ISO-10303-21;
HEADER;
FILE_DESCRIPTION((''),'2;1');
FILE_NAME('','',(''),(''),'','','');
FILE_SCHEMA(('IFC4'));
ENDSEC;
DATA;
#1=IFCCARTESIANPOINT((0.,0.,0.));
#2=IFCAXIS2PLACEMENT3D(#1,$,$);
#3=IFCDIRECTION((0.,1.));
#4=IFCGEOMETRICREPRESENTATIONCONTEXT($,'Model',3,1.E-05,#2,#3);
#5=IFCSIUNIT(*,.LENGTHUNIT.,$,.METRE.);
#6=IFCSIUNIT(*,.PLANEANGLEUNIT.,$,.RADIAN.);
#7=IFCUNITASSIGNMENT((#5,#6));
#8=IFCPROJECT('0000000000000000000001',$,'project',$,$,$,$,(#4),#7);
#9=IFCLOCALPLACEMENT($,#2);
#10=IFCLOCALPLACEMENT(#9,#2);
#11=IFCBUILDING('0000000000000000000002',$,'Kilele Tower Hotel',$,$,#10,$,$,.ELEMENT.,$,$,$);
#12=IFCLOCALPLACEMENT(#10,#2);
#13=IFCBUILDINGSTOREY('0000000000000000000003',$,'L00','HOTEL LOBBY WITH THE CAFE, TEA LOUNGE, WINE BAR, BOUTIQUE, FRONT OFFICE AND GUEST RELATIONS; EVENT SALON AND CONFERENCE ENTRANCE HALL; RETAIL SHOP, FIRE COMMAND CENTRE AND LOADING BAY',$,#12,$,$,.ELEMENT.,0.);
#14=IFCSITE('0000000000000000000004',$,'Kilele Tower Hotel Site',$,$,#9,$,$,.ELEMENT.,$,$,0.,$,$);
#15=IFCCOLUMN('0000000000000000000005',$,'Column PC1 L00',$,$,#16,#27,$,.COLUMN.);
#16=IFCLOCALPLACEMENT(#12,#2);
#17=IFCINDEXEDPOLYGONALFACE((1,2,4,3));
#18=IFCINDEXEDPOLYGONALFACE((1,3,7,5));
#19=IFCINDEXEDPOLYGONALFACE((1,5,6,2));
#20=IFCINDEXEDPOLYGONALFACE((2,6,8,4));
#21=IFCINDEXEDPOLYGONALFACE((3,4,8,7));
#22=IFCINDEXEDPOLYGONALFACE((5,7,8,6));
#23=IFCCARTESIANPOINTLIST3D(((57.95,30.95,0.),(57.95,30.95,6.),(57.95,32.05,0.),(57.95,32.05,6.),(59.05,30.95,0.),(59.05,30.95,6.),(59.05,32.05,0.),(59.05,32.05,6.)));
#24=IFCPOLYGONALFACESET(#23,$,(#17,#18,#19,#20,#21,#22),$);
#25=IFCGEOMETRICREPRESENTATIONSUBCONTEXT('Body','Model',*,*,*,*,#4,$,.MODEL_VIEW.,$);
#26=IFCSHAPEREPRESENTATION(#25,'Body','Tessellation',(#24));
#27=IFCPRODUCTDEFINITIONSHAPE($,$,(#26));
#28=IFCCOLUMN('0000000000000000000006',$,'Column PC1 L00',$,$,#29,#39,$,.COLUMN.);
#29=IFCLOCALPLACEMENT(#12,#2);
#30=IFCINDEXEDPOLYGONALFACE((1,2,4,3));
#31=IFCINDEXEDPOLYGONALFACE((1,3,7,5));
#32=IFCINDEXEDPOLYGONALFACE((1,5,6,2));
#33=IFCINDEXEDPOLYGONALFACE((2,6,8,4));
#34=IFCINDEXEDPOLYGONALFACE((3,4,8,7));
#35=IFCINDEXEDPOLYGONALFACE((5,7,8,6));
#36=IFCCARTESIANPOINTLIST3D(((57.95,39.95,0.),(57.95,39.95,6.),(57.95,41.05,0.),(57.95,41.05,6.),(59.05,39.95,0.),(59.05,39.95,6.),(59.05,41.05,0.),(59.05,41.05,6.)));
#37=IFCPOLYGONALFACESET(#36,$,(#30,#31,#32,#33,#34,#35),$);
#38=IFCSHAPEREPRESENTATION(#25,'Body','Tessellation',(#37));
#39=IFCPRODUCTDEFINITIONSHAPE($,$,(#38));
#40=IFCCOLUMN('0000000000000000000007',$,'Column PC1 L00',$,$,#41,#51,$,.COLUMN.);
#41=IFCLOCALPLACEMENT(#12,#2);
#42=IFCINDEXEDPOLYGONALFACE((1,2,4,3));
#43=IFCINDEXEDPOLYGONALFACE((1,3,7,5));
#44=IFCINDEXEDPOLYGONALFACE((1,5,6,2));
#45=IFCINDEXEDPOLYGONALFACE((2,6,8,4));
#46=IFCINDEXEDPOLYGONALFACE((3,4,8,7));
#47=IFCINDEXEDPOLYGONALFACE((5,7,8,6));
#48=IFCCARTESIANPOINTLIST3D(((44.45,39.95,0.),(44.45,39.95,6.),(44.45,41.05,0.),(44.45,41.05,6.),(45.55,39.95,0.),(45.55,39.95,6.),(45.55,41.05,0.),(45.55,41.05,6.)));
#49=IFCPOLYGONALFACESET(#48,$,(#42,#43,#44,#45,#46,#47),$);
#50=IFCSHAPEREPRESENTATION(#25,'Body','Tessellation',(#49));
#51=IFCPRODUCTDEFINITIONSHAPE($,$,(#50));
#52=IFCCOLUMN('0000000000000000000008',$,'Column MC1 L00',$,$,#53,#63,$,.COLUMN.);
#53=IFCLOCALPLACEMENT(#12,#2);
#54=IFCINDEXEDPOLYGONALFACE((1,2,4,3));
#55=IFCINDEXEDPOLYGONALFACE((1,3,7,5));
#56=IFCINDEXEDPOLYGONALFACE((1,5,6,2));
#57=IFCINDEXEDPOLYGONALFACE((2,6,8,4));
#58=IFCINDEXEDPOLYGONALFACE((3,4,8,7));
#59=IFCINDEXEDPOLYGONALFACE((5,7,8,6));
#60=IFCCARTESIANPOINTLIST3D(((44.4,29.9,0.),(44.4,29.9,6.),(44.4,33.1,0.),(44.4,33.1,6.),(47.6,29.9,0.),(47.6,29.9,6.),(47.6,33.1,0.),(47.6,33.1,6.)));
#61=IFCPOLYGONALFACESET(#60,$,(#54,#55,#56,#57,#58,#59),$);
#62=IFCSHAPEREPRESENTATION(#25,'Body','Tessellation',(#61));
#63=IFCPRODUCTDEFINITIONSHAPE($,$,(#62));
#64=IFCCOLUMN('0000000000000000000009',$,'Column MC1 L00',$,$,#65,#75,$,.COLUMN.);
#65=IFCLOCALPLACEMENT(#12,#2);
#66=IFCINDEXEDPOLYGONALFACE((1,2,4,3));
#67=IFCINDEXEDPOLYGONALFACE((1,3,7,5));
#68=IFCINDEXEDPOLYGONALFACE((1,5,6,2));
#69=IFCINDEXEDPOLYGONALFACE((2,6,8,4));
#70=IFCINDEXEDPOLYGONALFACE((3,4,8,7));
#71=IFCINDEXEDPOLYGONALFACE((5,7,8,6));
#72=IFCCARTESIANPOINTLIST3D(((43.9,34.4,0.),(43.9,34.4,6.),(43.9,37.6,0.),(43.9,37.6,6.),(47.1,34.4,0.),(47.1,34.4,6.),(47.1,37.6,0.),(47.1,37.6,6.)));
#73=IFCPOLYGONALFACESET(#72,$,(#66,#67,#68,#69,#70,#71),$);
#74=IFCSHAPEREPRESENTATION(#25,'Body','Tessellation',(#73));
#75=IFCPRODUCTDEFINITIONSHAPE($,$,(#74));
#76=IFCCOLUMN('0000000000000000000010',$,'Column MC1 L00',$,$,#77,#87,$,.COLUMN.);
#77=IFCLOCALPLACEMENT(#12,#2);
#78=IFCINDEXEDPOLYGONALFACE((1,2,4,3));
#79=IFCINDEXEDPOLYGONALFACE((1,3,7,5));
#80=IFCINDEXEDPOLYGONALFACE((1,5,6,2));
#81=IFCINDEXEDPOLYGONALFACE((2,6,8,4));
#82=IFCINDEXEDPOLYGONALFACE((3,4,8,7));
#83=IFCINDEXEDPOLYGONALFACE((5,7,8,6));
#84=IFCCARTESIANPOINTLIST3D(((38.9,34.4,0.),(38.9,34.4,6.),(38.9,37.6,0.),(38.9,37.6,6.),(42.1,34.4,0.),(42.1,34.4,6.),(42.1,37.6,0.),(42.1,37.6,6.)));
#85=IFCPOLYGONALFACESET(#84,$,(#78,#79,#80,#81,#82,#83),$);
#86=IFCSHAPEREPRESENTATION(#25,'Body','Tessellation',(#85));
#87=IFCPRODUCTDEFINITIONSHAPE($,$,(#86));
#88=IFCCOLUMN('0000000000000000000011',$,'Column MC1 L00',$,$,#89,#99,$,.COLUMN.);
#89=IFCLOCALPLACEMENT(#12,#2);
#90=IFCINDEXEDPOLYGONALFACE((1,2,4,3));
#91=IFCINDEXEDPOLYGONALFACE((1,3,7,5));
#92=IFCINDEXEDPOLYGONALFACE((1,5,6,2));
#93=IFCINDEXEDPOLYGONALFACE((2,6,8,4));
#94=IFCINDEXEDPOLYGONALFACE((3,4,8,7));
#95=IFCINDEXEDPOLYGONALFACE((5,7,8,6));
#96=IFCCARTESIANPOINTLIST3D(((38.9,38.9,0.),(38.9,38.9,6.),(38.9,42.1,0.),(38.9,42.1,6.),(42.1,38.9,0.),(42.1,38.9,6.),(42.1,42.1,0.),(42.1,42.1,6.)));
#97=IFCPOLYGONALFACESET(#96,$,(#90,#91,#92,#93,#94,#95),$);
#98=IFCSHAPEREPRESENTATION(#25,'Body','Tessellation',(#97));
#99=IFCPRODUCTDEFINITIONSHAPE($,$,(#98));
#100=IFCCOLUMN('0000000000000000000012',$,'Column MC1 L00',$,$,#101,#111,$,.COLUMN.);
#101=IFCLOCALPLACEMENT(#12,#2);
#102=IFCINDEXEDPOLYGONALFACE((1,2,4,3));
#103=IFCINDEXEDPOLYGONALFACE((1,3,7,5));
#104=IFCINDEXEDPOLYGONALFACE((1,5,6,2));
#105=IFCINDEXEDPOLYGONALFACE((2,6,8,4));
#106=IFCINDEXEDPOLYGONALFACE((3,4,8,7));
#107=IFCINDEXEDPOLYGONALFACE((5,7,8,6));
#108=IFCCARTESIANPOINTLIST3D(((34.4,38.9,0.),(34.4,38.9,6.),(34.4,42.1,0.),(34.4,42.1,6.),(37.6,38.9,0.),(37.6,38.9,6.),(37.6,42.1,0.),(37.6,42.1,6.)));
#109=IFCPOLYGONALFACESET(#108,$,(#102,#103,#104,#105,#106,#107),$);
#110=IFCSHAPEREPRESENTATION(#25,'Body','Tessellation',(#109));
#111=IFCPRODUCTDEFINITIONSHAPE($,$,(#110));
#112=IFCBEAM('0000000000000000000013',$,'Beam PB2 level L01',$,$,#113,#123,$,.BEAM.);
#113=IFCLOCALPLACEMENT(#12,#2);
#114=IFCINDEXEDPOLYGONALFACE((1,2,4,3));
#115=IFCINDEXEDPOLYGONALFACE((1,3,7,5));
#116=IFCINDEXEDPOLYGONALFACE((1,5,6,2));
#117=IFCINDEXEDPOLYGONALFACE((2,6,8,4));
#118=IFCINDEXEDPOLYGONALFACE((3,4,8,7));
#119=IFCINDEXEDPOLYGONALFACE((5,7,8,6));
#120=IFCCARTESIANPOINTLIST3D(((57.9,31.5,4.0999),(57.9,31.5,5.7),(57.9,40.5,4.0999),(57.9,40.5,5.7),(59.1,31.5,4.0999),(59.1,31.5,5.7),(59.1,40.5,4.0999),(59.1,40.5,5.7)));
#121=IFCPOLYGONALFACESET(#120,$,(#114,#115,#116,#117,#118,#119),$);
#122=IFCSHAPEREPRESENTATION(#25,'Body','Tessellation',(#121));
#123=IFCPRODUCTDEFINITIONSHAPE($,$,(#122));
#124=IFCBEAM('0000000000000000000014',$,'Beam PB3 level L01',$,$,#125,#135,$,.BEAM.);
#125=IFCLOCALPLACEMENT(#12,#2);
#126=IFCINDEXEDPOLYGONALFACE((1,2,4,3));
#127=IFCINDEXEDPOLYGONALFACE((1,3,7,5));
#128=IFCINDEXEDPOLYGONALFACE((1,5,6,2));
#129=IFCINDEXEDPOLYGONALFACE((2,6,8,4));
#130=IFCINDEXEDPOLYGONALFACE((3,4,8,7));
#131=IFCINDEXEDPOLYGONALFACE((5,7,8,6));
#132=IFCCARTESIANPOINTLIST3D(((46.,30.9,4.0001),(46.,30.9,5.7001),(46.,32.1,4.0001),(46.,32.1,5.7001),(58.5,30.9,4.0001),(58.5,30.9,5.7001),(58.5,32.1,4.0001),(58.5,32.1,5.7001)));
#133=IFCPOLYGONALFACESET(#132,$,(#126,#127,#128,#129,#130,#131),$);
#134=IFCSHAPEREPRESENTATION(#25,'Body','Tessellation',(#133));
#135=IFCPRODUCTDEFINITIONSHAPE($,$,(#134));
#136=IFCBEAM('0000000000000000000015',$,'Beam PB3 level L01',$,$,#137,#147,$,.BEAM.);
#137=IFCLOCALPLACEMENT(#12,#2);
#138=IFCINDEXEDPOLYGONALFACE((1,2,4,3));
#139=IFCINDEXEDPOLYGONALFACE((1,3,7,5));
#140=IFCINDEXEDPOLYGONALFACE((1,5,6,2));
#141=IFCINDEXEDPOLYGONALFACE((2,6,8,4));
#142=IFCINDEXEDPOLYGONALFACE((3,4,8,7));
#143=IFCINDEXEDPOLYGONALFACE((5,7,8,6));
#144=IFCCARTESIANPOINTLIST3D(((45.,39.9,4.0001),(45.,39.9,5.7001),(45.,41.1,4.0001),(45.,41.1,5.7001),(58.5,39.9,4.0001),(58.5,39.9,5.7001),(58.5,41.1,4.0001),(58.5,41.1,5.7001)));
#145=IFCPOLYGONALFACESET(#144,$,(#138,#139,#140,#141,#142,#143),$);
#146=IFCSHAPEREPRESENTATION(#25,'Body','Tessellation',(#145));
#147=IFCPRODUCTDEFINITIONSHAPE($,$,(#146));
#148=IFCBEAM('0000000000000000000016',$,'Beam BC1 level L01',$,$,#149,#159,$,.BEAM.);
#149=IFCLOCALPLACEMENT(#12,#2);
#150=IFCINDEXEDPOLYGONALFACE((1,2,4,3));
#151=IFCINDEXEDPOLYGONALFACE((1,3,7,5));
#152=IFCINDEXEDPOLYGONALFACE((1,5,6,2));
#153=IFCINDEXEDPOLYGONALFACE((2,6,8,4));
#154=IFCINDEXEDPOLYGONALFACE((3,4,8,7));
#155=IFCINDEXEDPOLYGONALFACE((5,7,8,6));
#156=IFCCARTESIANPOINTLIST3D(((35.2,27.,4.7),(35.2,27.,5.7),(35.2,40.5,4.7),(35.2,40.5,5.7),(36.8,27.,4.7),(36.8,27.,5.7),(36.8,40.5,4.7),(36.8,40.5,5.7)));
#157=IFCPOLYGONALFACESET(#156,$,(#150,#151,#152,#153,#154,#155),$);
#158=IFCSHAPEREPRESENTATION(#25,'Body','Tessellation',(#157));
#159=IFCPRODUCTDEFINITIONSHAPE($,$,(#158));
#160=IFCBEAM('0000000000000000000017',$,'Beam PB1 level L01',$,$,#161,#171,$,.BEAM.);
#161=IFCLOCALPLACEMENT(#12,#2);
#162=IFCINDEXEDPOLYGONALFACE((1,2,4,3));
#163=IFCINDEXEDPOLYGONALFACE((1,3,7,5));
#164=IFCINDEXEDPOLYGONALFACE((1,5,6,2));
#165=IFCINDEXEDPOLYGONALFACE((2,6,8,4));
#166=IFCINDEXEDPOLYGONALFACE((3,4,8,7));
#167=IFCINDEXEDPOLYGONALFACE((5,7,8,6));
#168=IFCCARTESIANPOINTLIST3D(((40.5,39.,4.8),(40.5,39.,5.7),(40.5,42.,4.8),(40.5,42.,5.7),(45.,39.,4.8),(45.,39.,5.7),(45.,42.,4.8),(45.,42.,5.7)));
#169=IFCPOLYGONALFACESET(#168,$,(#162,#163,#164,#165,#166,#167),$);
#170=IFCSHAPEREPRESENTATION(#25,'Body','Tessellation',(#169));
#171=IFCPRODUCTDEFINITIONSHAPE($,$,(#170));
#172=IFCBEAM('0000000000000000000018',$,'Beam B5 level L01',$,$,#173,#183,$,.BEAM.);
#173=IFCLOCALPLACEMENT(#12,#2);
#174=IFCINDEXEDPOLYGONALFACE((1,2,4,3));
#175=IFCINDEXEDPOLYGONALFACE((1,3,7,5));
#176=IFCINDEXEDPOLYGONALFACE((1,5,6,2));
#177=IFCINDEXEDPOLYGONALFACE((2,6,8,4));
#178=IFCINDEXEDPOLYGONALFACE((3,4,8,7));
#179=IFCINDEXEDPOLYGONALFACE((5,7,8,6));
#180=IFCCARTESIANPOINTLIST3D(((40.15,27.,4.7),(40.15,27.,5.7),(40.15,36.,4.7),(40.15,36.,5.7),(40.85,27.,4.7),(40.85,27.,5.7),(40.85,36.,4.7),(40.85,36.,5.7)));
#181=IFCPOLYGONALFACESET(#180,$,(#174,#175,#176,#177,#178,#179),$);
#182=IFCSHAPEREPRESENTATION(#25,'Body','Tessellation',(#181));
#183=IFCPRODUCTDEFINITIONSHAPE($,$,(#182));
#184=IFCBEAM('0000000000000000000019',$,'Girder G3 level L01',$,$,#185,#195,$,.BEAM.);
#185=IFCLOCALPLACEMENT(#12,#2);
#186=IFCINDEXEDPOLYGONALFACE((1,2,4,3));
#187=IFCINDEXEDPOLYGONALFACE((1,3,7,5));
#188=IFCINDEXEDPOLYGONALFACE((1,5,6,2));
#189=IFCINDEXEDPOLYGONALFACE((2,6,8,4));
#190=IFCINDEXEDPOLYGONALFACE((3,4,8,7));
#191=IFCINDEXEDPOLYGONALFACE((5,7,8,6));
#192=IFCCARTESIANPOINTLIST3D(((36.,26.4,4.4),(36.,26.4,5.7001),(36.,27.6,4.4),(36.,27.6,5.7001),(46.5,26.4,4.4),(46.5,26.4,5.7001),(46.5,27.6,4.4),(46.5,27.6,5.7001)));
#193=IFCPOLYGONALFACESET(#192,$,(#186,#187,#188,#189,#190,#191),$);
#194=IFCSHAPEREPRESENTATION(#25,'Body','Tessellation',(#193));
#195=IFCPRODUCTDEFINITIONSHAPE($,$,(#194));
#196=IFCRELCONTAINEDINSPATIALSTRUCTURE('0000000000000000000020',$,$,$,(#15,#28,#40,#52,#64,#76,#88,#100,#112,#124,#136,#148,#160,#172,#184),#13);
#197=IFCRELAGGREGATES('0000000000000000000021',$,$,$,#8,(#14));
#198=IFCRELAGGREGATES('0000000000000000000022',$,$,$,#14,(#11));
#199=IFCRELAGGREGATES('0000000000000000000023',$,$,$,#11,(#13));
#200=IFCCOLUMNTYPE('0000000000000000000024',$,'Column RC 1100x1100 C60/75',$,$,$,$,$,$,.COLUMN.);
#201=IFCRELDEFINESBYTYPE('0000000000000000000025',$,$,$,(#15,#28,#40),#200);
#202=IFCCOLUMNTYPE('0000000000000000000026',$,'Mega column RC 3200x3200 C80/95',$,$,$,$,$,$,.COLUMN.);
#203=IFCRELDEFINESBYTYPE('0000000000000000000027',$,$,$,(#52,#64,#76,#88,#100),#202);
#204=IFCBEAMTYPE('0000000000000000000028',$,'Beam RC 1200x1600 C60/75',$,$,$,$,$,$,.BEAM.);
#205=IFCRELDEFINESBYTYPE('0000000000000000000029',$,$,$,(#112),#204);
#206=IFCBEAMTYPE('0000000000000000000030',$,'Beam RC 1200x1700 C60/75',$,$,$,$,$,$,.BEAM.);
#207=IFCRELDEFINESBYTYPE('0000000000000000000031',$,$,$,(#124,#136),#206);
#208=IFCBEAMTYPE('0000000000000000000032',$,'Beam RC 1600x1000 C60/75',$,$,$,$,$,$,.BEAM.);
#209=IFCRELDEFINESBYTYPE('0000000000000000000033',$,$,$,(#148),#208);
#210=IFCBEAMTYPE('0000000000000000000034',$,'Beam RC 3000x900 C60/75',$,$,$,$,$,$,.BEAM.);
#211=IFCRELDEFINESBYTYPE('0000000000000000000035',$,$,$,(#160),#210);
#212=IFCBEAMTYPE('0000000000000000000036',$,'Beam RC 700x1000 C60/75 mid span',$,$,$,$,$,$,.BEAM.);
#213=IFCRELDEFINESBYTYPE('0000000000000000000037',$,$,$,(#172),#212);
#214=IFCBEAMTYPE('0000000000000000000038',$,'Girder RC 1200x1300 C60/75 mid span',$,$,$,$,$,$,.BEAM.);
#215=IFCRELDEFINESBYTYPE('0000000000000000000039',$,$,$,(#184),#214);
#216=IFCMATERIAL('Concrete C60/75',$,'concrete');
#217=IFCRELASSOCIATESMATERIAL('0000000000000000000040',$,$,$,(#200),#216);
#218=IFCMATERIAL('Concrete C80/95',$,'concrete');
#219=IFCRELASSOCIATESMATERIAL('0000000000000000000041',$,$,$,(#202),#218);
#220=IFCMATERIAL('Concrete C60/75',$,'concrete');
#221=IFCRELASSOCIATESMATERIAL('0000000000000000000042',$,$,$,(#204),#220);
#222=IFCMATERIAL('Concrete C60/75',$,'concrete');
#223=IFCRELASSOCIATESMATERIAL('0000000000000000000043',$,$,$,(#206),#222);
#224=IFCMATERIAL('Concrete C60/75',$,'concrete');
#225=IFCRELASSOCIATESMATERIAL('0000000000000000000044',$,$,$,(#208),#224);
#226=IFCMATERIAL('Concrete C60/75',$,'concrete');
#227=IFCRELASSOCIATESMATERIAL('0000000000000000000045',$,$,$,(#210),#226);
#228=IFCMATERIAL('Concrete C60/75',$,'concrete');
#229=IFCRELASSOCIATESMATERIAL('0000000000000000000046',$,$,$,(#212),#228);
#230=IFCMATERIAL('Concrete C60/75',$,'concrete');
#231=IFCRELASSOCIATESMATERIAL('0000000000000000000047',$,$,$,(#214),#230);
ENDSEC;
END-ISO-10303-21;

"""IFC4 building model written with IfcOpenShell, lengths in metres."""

from ifc_helpers import new_model, si_unit, direction, frame, origin, origin_2d, place, context, subcontext, project, spatial, rectangle, extrude, material, material_profile, profile_set, type_object, element, save


model = new_model("IFC4")

# Units and contexts
model_context = context("Model", 3, precision=1e-05, world=origin(), true_north=direction((0.0, 1.0)))
body_context = subcontext(model_context, "Body", "Model", "MODEL_VIEW")
ifc_project = project(units=[si_unit("LENGTHUNIT", "METRE"), si_unit("PLANEANGLEUNIT", "RADIAN")], contexts=[model_context])

# Site, building, storey
site_placement = place(None, origin())
site = spatial("IfcSite", under=ifc_project, at=site_placement, Name="Kilele Tower Hotel Site", CompositionType="ELEMENT", RefElevation=0.0)
building_placement = place(site_placement, origin())
building = spatial("IfcBuilding", under=site, at=building_placement, Name="Kilele Tower Hotel", CompositionType="ELEMENT")
storey_placement = place(building_placement, origin())
storey = spatial("IfcBuildingStorey", under=building, at=storey_placement, Name="L00", Description="HOTEL LOBBY WITH THE CAFE, TEA LOUNGE, WINE BAR, BOUTIQUE, FRONT OFFICE AND GUEST RELATIONS; EVENT SALON AND CONFERENCE ENTRANCE HALL; RETAIL SHOP, FIRE COMMAND CENTRE AND LOADING BAY", CompositionType="ELEMENT", Elevation=0.0)

# Columns
ifc_material_1 = material(Name="Concrete C60/75", Category="concrete")
ifc_material_profile_1 = material_profile(ifc_material_1, rectangle(XDim=1.1001, YDim=1.1001, at=origin_2d()))
ifc_profile_set_1 = profile_set([ifc_material_profile_1], Name="Concrete C60/75")
column_type_1 = type_object("IfcColumnType", Name="Column RC 1100x1100 C60/75", PredefinedType="COLUMN", material=ifc_profile_set_1)
for number, where, z_axis, x_axis, name in (
    (1, (58.5, 31.5, 0.0), (0.0, 0.0, 1.0), (1.0, 0.0, 0.0), "Column PC1 L00"),
    (2, (58.5, 40.5, 0.0), (0.0, 0.0, 1.0), (1.0, 0.0, 0.0), "Column PC1 L00"),
    (3, (45.0, 40.5, 0.0), (0.0, 0.0, 1.0), (1.0, 0.0, 0.0), "Column PC1 L00"),
):
    element("IfcColumn", number, at=place(storey_placement, frame(where, z_axis=z_axis, x_axis=x_axis)), inside=storey, type_object=column_type_1, Name=name, PredefinedType="COLUMN", context=body_context, shape_type="SweptSolid", body=[
        extrude(rectangle(XDim=1.1001, YDim=1.1001, at=origin_2d()), origin(), (0.0, 0.0, 1.0), 6.0),
    ])
ifc_material_2 = material(Name="Concrete C80/95", Category="concrete")
ifc_material_profile_2 = material_profile(ifc_material_2, rectangle(XDim=3.2, YDim=3.2, at=origin_2d()))
ifc_profile_set_2 = profile_set([ifc_material_profile_2], Name="Concrete C80/95")
column_type_2 = type_object("IfcColumnType", Name="Mega column RC 3200x3200 C80/95", PredefinedType="COLUMN", material=ifc_profile_set_2)
for number, where, z_axis, x_axis, name in (
    (4, (46.0, 31.5, 0.0), (0.0, 0.0, 1.0), (1.0, 0.0, 0.0), "Column MC1 L00"),
    (5, (45.5, 36.0, 0.0), (0.0, 0.0, 1.0), (1.0, 0.0, 0.0), "Column MC1 L00"),
    (6, (40.5, 36.0, 0.0), (0.0, 0.0, 1.0), (1.0, 0.0, 0.0), "Column MC1 L00"),
    (7, (40.5, 40.5, 0.0), (0.0, 0.0, 1.0), (1.0, 0.0, 0.0), "Column MC1 L00"),
    (8, (36.0, 40.5, 0.0), (0.0, 0.0, 1.0), (1.0, 0.0, 0.0), "Column MC1 L00"),
):
    element("IfcColumn", number, at=place(storey_placement, frame(where, z_axis=z_axis, x_axis=x_axis)), inside=storey, type_object=column_type_2, Name=name, PredefinedType="COLUMN", context=body_context, shape_type="SweptSolid", body=[
        extrude(rectangle(XDim=3.2, YDim=3.2, at=origin_2d()), origin(), (0.0, 0.0, 1.0), 6.0),
    ])

# Beams
ifc_material_3 = material(Name="Concrete C60/75", Category="concrete")
ifc_material_profile_3 = material_profile(ifc_material_3, rectangle(XDim=1.2, YDim=1.6001, at=origin_2d()))
ifc_profile_set_3 = profile_set([ifc_material_profile_3], Name="Concrete C60/75")
beam_type_1 = type_object("IfcBeamType", Name="Beam RC 1200x1600 C60/75", PredefinedType="BEAM", material=ifc_profile_set_3)
beam_1_placement = place(storey_placement, frame((58.5, 31.5, 4.8999), z_axis=(0.0, 1.0, 0.0), x_axis=(-1.0, 0.0, 0.0)))
element("IfcBeam", 9, at=beam_1_placement, inside=storey, type_object=beam_type_1, Name="Beam PB2 level L01", PredefinedType="BEAM", context=body_context, shape_type="SweptSolid", body=[
    extrude(rectangle(XDim=1.2, YDim=1.6001, at=origin_2d()), origin(), (0.0, 0.0, 1.0), 9.0),
])
ifc_material_4 = material(Name="Concrete C60/75", Category="concrete")
ifc_material_profile_4 = material_profile(ifc_material_4, rectangle(XDim=1.2, YDim=1.7, at=origin_2d()))
ifc_profile_set_4 = profile_set([ifc_material_profile_4], Name="Concrete C60/75")
beam_type_2 = type_object("IfcBeamType", Name="Beam RC 1200x1700 C60/75", PredefinedType="BEAM", material=ifc_profile_set_4)
beam_2_placement = place(storey_placement, frame((46.0, 31.5, 4.8501), z_axis=(1.0, 0.0, 0.0), x_axis=(0.0, 1.0, 0.0)))
element("IfcBeam", 10, at=beam_2_placement, inside=storey, type_object=beam_type_2, Name="Beam PB3 level L01", PredefinedType="BEAM", context=body_context, shape_type="SweptSolid", body=[
    extrude(rectangle(XDim=1.2, YDim=1.7, at=origin_2d()), origin(), (0.0, 0.0, 1.0), 12.5),
])
beam_3_placement = place(storey_placement, frame((45.0, 40.5, 4.8501), z_axis=(1.0, 0.0, 0.0), x_axis=(0.0, 1.0, 0.0)))
element("IfcBeam", 11, at=beam_3_placement, inside=storey, type_object=beam_type_2, Name="Beam PB3 level L01", PredefinedType="BEAM", context=body_context, shape_type="SweptSolid", body=[
    extrude(rectangle(XDim=1.2, YDim=1.7, at=origin_2d()), origin(), (0.0, 0.0, 1.0), 13.5),
])
ifc_material_5 = material(Name="Concrete C60/75", Category="concrete")
ifc_material_profile_5 = material_profile(ifc_material_5, rectangle(XDim=1.6001, YDim=1.0, at=origin_2d()))
ifc_profile_set_5 = profile_set([ifc_material_profile_5], Name="Concrete C60/75")
beam_type_3 = type_object("IfcBeamType", Name="Beam RC 1600x1000 C60/75", PredefinedType="BEAM", material=ifc_profile_set_5)
beam_4_placement = place(storey_placement, frame((36.0, 40.5, 5.2), z_axis=(0.0, -1.0, 0.0), x_axis=(1.0, 0.0, 0.0)))
element("IfcBeam", 12, at=beam_4_placement, inside=storey, type_object=beam_type_3, Name="Beam BC1 level L01", PredefinedType="BEAM", context=body_context, shape_type="SweptSolid", body=[
    extrude(rectangle(XDim=1.6001, YDim=1.0, at=origin_2d()), origin(), (0.0, 0.0, 1.0), 13.5),
])
ifc_material_6 = material(Name="Concrete C60/75", Category="concrete")
ifc_material_profile_6 = material_profile(ifc_material_6, rectangle(XDim=3.0, YDim=0.8999, at=origin_2d()))
ifc_profile_set_6 = profile_set([ifc_material_profile_6], Name="Concrete C60/75")
beam_type_4 = type_object("IfcBeamType", Name="Beam RC 3000x900 C60/75", PredefinedType="BEAM", material=ifc_profile_set_6)
beam_5_placement = place(storey_placement, frame((40.5, 40.5, 5.25), z_axis=(1.0, 0.0, 0.0), x_axis=(0.0, 1.0, 0.0)))
element("IfcBeam", 13, at=beam_5_placement, inside=storey, type_object=beam_type_4, Name="Beam PB1 level L01", PredefinedType="BEAM", context=body_context, shape_type="SweptSolid", body=[
    extrude(rectangle(XDim=3.0, YDim=0.8999, at=origin_2d()), origin(), (0.0, 0.0, 1.0), 4.5),
])
ifc_material_7 = material(Name="Concrete C60/75", Category="concrete")
ifc_material_profile_7 = material_profile(ifc_material_7, rectangle(XDim=0.7, YDim=1.0, at=origin_2d()))
ifc_profile_set_7 = profile_set([ifc_material_profile_7], Name="Concrete C60/75")
beam_type_5 = type_object("IfcBeamType", Name="Beam RC 700x1000 C60/75 mid span", PredefinedType="BEAM", material=ifc_profile_set_7)
beam_6_placement = place(storey_placement, frame((40.5, 36.0, 5.2), z_axis=(0.0, -1.0, 0.0), x_axis=(1.0, 0.0, 0.0)))
element("IfcBeam", 14, at=beam_6_placement, inside=storey, type_object=beam_type_5, Name="Beam B5 level L01", PredefinedType="BEAM", context=body_context, shape_type="SweptSolid", body=[
    extrude(rectangle(XDim=0.7, YDim=1.0, at=origin_2d()), origin(), (0.0, 0.0, 1.0), 9.0),
])
ifc_material_8 = material(Name="Concrete C60/75", Category="concrete")
ifc_material_profile_8 = material_profile(ifc_material_8, rectangle(XDim=1.2, YDim=1.3, at=origin_2d()))
ifc_profile_set_8 = profile_set([ifc_material_profile_8], Name="Concrete C60/75")
beam_type_6 = type_object("IfcBeamType", Name="Girder RC 1200x1300 C60/75 mid span", PredefinedType="BEAM", material=ifc_profile_set_8)
beam_7_placement = place(storey_placement, frame((46.5, 27.0, 5.05), z_axis=(-1.0, 0.0, 0.0), x_axis=(0.0, -1.0, 0.0)))
element("IfcBeam", 15, at=beam_7_placement, inside=storey, type_object=beam_type_6, Name="Girder G3 level L01", PredefinedType="BEAM", context=body_context, shape_type="SweptSolid", body=[
    extrude(rectangle(XDim=1.2, YDim=1.3, at=origin_2d()), origin(), (0.0, 0.0, 1.0), 10.5),
])

save(model, "model.ifc")
